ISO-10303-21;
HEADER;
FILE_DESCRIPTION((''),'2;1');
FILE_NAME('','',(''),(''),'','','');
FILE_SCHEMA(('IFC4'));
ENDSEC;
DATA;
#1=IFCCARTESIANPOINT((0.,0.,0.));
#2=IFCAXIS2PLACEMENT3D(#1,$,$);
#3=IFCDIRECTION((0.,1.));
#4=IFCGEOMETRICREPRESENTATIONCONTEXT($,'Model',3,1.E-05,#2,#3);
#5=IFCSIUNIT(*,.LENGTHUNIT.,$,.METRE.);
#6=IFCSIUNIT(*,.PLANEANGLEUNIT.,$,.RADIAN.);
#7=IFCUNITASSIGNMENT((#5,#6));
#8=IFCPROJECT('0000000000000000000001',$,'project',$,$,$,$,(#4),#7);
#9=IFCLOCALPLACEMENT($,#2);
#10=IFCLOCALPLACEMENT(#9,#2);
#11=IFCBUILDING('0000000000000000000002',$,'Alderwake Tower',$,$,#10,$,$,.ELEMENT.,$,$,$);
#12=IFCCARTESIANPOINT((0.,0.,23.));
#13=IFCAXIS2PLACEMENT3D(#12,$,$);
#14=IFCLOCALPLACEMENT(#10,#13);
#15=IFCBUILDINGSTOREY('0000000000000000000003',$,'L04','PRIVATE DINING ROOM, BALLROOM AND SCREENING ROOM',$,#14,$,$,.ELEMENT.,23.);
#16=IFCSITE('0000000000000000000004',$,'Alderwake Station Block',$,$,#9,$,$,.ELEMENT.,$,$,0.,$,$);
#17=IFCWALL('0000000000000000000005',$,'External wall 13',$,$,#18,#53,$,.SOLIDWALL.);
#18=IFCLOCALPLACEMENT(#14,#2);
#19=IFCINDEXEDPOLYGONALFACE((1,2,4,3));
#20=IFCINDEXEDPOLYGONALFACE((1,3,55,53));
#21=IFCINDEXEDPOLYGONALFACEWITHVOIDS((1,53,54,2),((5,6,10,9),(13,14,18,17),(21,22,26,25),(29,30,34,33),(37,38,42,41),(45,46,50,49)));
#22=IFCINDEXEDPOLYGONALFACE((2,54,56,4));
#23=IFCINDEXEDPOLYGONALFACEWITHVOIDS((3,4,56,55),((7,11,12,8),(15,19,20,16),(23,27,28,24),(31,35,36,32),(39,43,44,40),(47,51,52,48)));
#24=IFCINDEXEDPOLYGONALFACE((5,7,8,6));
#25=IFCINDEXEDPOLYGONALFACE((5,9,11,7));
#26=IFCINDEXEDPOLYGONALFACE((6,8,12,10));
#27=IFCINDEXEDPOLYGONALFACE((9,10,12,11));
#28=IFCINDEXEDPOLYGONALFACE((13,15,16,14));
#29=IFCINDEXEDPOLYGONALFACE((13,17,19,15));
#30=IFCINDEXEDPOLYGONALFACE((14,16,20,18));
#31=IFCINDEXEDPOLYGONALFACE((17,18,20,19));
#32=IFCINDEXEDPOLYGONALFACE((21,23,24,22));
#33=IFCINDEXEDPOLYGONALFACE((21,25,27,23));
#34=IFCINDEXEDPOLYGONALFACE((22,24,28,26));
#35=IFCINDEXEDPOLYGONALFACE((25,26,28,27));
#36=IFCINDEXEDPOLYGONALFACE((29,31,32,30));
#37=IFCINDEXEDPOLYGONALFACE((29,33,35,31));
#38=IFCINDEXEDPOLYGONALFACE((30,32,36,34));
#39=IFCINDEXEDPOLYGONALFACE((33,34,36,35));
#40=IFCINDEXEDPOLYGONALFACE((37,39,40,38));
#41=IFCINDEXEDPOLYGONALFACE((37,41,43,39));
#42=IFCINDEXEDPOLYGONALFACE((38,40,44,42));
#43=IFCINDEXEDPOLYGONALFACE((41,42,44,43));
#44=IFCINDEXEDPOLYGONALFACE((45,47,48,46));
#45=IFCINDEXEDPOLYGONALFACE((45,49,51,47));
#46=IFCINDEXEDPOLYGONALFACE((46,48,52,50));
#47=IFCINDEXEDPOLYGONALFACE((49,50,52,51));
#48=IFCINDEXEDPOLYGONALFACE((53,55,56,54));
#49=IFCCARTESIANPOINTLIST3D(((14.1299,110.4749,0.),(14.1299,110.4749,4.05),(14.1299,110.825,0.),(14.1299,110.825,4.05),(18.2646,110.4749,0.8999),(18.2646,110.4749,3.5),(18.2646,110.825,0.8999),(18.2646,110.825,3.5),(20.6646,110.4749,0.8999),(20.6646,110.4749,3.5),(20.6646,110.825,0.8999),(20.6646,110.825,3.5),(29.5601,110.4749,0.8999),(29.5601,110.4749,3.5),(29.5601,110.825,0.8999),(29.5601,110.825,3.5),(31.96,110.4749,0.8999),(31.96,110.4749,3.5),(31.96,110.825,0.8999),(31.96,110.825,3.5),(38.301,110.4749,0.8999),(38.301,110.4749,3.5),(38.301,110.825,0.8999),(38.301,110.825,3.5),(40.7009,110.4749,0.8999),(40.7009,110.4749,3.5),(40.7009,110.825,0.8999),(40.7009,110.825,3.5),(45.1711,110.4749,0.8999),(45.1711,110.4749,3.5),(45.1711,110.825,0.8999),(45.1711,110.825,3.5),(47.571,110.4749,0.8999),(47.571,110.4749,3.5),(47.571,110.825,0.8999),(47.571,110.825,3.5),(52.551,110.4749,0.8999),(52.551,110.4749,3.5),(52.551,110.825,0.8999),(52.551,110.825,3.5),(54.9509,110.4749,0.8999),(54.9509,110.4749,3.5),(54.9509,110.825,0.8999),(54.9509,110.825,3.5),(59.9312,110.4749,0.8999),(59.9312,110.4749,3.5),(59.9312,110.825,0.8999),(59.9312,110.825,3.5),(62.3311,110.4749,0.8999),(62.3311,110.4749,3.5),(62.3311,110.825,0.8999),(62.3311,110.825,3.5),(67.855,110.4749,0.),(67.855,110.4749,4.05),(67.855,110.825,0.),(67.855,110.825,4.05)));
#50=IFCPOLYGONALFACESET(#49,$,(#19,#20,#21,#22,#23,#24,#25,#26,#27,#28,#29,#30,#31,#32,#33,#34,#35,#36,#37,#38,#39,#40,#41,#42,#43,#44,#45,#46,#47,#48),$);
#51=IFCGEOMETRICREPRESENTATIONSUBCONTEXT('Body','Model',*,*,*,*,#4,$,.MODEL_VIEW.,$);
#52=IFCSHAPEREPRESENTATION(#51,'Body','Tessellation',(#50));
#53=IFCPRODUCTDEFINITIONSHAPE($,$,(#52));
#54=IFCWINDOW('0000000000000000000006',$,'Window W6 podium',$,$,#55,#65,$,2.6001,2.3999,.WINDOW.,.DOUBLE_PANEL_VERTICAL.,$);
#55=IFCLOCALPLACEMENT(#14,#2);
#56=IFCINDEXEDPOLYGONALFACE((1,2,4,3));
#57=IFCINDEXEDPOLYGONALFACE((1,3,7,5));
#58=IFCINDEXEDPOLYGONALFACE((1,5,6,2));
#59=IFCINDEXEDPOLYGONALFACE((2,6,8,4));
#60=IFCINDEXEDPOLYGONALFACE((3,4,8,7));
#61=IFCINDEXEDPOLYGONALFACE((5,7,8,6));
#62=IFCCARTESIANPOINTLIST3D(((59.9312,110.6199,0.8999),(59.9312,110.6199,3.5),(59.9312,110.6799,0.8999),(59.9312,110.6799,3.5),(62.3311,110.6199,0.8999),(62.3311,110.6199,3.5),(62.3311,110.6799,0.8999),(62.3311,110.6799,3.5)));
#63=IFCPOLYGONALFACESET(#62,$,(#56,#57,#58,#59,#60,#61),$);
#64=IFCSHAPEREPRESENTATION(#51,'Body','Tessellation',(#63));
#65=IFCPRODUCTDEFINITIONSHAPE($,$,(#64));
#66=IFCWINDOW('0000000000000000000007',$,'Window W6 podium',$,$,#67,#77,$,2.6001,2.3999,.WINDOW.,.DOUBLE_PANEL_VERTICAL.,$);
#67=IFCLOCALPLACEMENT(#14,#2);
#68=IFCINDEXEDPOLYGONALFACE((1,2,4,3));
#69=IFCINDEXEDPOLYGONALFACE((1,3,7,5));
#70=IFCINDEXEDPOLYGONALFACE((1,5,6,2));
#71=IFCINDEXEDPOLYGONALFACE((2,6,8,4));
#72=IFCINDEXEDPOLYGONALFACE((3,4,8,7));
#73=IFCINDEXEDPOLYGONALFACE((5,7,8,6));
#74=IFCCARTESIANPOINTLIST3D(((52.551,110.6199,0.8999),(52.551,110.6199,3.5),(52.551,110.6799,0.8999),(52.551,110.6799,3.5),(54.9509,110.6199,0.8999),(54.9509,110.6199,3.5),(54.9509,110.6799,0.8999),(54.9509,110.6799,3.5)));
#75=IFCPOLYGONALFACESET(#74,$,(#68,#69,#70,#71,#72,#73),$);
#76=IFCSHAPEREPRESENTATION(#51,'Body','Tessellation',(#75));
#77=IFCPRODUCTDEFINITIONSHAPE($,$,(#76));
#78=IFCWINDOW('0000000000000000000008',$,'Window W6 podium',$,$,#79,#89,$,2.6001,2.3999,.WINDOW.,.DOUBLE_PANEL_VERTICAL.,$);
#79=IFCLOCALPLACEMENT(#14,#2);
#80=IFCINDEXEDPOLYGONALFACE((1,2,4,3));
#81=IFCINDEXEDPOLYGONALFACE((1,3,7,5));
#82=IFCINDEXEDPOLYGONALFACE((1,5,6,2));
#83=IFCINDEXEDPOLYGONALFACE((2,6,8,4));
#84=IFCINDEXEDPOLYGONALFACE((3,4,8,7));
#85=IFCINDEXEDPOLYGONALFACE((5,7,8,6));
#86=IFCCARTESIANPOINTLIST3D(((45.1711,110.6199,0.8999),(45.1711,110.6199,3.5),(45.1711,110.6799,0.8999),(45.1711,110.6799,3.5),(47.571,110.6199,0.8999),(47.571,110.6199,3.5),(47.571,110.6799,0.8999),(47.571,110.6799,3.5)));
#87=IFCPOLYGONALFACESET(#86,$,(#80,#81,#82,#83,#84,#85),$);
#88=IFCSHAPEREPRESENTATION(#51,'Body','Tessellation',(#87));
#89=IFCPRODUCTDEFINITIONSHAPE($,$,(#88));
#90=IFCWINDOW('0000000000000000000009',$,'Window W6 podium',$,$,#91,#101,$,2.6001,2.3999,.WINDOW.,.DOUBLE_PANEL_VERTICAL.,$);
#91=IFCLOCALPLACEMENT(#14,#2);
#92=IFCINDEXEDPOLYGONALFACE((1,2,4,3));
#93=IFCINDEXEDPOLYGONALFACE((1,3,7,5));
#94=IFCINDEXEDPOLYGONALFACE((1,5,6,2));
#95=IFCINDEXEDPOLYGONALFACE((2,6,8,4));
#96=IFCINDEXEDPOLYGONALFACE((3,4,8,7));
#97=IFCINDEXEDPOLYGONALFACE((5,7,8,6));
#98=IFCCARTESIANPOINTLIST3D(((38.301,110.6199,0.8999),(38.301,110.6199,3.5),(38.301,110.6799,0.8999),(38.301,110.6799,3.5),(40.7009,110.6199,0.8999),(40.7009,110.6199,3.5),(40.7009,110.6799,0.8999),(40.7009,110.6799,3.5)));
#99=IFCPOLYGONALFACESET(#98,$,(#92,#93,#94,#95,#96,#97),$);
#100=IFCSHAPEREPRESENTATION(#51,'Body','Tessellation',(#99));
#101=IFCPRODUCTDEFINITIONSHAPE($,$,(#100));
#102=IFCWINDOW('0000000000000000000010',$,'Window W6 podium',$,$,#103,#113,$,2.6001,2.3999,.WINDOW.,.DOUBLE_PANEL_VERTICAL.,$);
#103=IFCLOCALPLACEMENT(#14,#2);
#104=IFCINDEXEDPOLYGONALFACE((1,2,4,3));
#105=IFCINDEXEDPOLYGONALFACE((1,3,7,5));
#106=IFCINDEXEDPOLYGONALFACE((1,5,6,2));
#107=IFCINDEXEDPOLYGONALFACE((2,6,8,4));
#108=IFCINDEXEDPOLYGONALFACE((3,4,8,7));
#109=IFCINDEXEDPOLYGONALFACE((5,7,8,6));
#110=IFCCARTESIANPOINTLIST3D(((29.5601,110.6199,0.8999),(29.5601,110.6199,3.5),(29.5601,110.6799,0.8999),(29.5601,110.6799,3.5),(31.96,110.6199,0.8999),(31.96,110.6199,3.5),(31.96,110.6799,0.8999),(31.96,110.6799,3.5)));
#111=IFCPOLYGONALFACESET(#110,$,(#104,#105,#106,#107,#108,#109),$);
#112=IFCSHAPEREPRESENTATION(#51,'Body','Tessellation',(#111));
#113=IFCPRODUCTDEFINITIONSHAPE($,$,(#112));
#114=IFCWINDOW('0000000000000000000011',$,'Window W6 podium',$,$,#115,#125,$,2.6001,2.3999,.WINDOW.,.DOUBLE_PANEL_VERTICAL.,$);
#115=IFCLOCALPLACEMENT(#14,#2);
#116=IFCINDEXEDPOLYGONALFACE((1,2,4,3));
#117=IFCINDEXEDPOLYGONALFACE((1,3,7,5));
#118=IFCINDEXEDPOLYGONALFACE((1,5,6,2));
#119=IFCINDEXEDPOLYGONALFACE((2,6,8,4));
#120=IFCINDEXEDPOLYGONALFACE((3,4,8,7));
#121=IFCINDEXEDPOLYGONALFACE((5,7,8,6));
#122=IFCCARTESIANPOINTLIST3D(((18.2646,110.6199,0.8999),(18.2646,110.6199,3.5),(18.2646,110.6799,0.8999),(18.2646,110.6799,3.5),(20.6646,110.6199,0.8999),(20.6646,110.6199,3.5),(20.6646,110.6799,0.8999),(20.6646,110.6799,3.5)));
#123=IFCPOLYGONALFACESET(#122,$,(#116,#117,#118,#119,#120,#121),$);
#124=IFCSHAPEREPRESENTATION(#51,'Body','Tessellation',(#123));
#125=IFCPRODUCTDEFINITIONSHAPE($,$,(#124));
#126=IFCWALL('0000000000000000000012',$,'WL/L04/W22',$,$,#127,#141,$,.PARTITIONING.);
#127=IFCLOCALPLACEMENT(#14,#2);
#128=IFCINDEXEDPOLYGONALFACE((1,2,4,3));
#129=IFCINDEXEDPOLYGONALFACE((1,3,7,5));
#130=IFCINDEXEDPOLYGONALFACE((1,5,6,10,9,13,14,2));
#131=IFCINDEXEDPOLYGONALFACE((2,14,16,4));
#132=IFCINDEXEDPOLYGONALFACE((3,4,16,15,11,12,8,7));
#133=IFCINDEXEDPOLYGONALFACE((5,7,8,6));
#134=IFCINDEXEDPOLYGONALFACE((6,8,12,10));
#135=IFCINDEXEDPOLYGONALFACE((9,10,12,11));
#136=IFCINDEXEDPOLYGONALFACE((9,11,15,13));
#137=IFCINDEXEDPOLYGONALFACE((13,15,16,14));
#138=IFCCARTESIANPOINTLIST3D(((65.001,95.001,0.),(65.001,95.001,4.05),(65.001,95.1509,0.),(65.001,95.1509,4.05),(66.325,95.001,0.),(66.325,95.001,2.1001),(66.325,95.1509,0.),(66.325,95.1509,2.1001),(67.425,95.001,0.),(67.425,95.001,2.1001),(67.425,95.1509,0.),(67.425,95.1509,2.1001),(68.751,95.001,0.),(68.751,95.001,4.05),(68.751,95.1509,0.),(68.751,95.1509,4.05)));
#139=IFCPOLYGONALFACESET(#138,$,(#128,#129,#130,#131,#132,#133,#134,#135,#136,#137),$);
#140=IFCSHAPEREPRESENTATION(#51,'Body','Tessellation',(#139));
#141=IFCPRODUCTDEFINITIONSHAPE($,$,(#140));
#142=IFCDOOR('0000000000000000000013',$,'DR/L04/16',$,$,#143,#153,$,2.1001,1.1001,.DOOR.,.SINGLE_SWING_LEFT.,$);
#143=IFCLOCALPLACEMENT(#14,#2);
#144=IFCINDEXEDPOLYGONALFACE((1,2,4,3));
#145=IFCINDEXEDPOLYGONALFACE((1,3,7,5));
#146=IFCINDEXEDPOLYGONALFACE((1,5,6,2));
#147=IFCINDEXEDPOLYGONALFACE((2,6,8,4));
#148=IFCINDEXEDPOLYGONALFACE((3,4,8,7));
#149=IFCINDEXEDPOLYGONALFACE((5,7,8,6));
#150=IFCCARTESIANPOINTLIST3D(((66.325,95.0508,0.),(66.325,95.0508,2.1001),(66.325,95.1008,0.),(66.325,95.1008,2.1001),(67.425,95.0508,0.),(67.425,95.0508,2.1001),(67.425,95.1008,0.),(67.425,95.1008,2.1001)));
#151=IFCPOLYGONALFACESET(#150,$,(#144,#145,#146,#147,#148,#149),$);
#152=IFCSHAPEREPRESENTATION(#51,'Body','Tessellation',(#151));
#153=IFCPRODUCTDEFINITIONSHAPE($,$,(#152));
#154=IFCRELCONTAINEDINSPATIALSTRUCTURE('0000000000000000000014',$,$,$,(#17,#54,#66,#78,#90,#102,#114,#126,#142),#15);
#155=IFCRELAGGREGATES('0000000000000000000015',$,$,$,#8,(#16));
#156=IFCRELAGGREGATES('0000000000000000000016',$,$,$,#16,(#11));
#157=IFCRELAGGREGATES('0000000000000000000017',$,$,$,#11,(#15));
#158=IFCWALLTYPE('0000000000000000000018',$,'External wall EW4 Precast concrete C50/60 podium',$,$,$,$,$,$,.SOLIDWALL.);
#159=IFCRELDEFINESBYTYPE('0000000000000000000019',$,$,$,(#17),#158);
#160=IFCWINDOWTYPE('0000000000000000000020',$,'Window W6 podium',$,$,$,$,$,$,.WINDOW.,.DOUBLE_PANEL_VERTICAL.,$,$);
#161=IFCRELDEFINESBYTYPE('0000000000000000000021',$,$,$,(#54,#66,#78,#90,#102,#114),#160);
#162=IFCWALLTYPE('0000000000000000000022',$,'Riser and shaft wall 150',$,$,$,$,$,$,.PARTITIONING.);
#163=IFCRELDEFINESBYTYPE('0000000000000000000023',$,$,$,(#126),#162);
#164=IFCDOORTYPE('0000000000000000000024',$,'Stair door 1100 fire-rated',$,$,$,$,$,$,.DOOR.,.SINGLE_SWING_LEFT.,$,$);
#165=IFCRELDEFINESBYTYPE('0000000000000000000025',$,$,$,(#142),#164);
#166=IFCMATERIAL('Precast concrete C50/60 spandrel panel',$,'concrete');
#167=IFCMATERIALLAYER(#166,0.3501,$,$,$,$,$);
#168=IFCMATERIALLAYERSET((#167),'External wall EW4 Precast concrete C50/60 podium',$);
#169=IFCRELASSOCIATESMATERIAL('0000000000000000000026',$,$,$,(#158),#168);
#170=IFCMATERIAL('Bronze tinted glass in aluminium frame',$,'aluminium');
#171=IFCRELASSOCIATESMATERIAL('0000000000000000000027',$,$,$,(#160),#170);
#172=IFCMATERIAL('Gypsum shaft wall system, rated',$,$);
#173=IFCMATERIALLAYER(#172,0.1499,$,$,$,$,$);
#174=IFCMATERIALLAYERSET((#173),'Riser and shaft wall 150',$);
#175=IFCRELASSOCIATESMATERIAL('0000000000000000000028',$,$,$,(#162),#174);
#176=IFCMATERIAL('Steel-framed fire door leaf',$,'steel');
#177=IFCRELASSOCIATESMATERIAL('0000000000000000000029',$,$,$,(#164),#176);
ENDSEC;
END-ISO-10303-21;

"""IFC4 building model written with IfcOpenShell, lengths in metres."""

from ifc_helpers import new_model, si_unit, direction, frame, frame_2d, origin, place, context, subcontext, project, spatial, rectangle, extrude, material, layer, layer_set, type_object, element, fill, save


model = new_model("IFC4")

# Units and contexts
model_context = context("Model", 3, precision=1e-05, world=origin(), true_north=direction((0.0, 1.0)))
body_context = subcontext(model_context, "Body", "Model", "MODEL_VIEW")
ifc_project = project(units=[si_unit("LENGTHUNIT", "METRE"), si_unit("PLANEANGLEUNIT", "RADIAN")], contexts=[model_context])

# Site, building, storey
site_placement = place(None, origin())
site = spatial("IfcSite", under=ifc_project, at=site_placement, Name="Alderwake Station Block", CompositionType="ELEMENT", RefElevation=0.0)
building_placement = place(site_placement, origin())
building = spatial("IfcBuilding", under=site, at=building_placement, Name="Alderwake Tower", CompositionType="ELEMENT")
storey_placement = place(building_placement, frame((0.0, 0.0, 23.0)))
storey = spatial("IfcBuildingStorey", under=building, at=storey_placement, Name="L04", Description="PRIVATE DINING ROOM, BALLROOM AND SCREENING ROOM", CompositionType="ELEMENT", Elevation=23.0)

# Shared definitions
ifc_material_1 = material(Name="Precast concrete C50/60 spandrel panel", Category="concrete")
ifc_layer_1 = layer(ifc_material_1, 0.3501)
ifc_layer_set_1 = layer_set([ifc_layer_1], Name="External wall EW4 Precast concrete C50/60 podium")
wall_type_1 = type_object("IfcWallType", Name="External wall EW4 Precast concrete C50/60 podium", PredefinedType="SOLIDWALL", material=ifc_layer_set_1)

# Wall, openings, windows
wall_1_placement = place(storey_placement, frame((67.855, 110.6499, 0.0), z_axis=(0.0, 0.0, 1.0), x_axis=(-1.0, 0.0, 0.0)))
wall_1 = element("IfcWall", 1, at=wall_1_placement, inside=storey, type_object=wall_type_1, Name="External wall 13", PredefinedType="SOLIDWALL", context=body_context, shape_type="SweptSolid", body=[
    extrude(rectangle(XDim=53.7251, YDim=0.3501, at=frame_2d((26.8625, 0.0))), origin(), (0.0, 0.0, 1.0), 4.05),
])
opening_1_placement = place(wall_1_placement, frame((5.5239, 0.0, 0.8999)))
opening_1 = element("IfcOpeningElement", 2, at=opening_1_placement, cuts=wall_1, PredefinedType="OPENING", context=body_context, shape_type="SweptSolid", body=[
    extrude(rectangle(XDim=2.3999, YDim=2.6001, at=frame_2d((1.2, 1.3))), frame((0.0, 0.1851, 0.0), z_axis=(0.0, -1.0, 0.0), x_axis=(1.0, 0.0, 0.0)), (0.0, 0.0, 1.0), 0.3701),
])
opening_2_placement = place(wall_1_placement, frame((12.9041, 0.0, 0.8999)))
opening_2 = element("IfcOpeningElement", 3, at=opening_2_placement, cuts=wall_1, PredefinedType="OPENING", context=body_context, shape_type="SweptSolid", body=[
    extrude(rectangle(XDim=2.3999, YDim=2.6001, at=frame_2d((1.2, 1.3))), frame((0.0, 0.1851, 0.0), z_axis=(0.0, -1.0, 0.0), x_axis=(1.0, 0.0, 0.0)), (0.0, 0.0, 1.0), 0.3701),
])
opening_3_placement = place(wall_1_placement, frame((20.2839, 0.0, 0.8999)))
opening_3 = element("IfcOpeningElement", 4, at=opening_3_placement, cuts=wall_1, PredefinedType="OPENING", context=body_context, shape_type="SweptSolid", body=[
    extrude(rectangle(XDim=2.3999, YDim=2.6001, at=frame_2d((1.2, 1.3))), frame((0.0, 0.1851, 0.0), z_axis=(0.0, -1.0, 0.0), x_axis=(1.0, 0.0, 0.0)), (0.0, 0.0, 1.0), 0.3701),
])
opening_4_placement = place(wall_1_placement, frame((27.1541, 0.0, 0.8999)))
opening_4 = element("IfcOpeningElement", 5, at=opening_4_placement, cuts=wall_1, PredefinedType="OPENING", context=body_context, shape_type="SweptSolid", body=[
    extrude(rectangle(XDim=2.3999, YDim=2.6001, at=frame_2d((1.2, 1.3))), frame((0.0, 0.1851, 0.0), z_axis=(0.0, -1.0, 0.0), x_axis=(1.0, 0.0, 0.0)), (0.0, 0.0, 1.0), 0.3701),
])
opening_5_placement = place(wall_1_placement, frame((35.895, 0.0, 0.8999)))
opening_5 = element("IfcOpeningElement", 6, at=opening_5_placement, cuts=wall_1, PredefinedType="OPENING", context=body_context, shape_type="SweptSolid", body=[
    extrude(rectangle(XDim=2.3999, YDim=2.6001, at=frame_2d((1.2, 1.3))), frame((0.0, 0.1851, 0.0), z_axis=(0.0, -1.0, 0.0), x_axis=(1.0, 0.0, 0.0)), (0.0, 0.0, 1.0), 0.3701),
])
opening_6_placement = place(wall_1_placement, frame((47.1904, 0.0, 0.8999)))
opening_6 = element("IfcOpeningElement", 7, at=opening_6_placement, cuts=wall_1, PredefinedType="OPENING", context=body_context, shape_type="SweptSolid", body=[
    extrude(rectangle(XDim=2.3999, YDim=2.6001, at=frame_2d((1.2, 1.3))), frame((0.0, 0.1851, 0.0), z_axis=(0.0, -1.0, 0.0), x_axis=(1.0, 0.0, 0.0)), (0.0, 0.0, 1.0), 0.3701),
])
ifc_material_2 = material(Name="Bronze tinted glass in aluminium frame", Category="aluminium")
window_type = type_object("IfcWindowType", Name="Window W6 podium", PartitioningType="DOUBLE_PANEL_VERTICAL", PredefinedType="WINDOW", material=ifc_material_2)
window_1_placement = place(opening_1_placement, origin())
window_1 = element("IfcWindow", 8, at=window_1_placement, inside=storey, type_object=window_type, Name="Window W6 podium", OverallHeight=2.6001, OverallWidth=2.3999, PartitioningType="DOUBLE_PANEL_VERTICAL", PredefinedType="WINDOW", context=body_context, shape_type="SweptSolid", body=[
    extrude(rectangle(XDim=2.3999, YDim=2.6001, at=frame_2d((1.2, 1.3))), frame((0.0, 0.03, 0.0), z_axis=(0.0, -1.0, 0.0), x_axis=(1.0, 0.0, 0.0)), (0.0, 0.0, 1.0), 0.0601),
])
fill(opening_1, window_1)
window_2_placement = place(opening_2_placement, origin())
window_2 = element("IfcWindow", 9, at=window_2_placement, inside=storey, type_object=window_type, Name="Window W6 podium", OverallHeight=2.6001, OverallWidth=2.3999, PartitioningType="DOUBLE_PANEL_VERTICAL", PredefinedType="WINDOW", context=body_context, shape_type="SweptSolid", body=[
    extrude(rectangle(XDim=2.3999, YDim=2.6001, at=frame_2d((1.2, 1.3))), frame((0.0, 0.03, 0.0), z_axis=(0.0, -1.0, 0.0), x_axis=(1.0, 0.0, 0.0)), (0.0, 0.0, 1.0), 0.0601),
])
fill(opening_2, window_2)
window_3_placement = place(opening_3_placement, origin())
window_3 = element("IfcWindow", 10, at=window_3_placement, inside=storey, type_object=window_type, Name="Window W6 podium", OverallHeight=2.6001, OverallWidth=2.3999, PartitioningType="DOUBLE_PANEL_VERTICAL", PredefinedType="WINDOW", context=body_context, shape_type="SweptSolid", body=[
    extrude(rectangle(XDim=2.3999, YDim=2.6001, at=frame_2d((1.2, 1.3))), frame((0.0, 0.03, 0.0), z_axis=(0.0, -1.0, 0.0), x_axis=(1.0, 0.0, 0.0)), (0.0, 0.0, 1.0), 0.0601),
])
fill(opening_3, window_3)
window_4_placement = place(opening_4_placement, origin())
window_4 = element("IfcWindow", 11, at=window_4_placement, inside=storey, type_object=window_type, Name="Window W6 podium", OverallHeight=2.6001, OverallWidth=2.3999, PartitioningType="DOUBLE_PANEL_VERTICAL", PredefinedType="WINDOW", context=body_context, shape_type="SweptSolid", body=[
    extrude(rectangle(XDim=2.3999, YDim=2.6001, at=frame_2d((1.2, 1.3))), frame((0.0, 0.03, 0.0), z_axis=(0.0, -1.0, 0.0), x_axis=(1.0, 0.0, 0.0)), (0.0, 0.0, 1.0), 0.0601),
])
fill(opening_4, window_4)
window_5_placement = place(opening_5_placement, origin())
window_5 = element("IfcWindow", 12, at=window_5_placement, inside=storey, type_object=window_type, Name="Window W6 podium", OverallHeight=2.6001, OverallWidth=2.3999, PartitioningType="DOUBLE_PANEL_VERTICAL", PredefinedType="WINDOW", context=body_context, shape_type="SweptSolid", body=[
    extrude(rectangle(XDim=2.3999, YDim=2.6001, at=frame_2d((1.2, 1.3))), frame((0.0, 0.03, 0.0), z_axis=(0.0, -1.0, 0.0), x_axis=(1.0, 0.0, 0.0)), (0.0, 0.0, 1.0), 0.0601),
])
fill(opening_5, window_5)
window_6_placement = place(opening_6_placement, origin())
window_6 = element("IfcWindow", 13, at=window_6_placement, inside=storey, type_object=window_type, Name="Window W6 podium", OverallHeight=2.6001, OverallWidth=2.3999, PartitioningType="DOUBLE_PANEL_VERTICAL", PredefinedType="WINDOW", context=body_context, shape_type="SweptSolid", body=[
    extrude(rectangle(XDim=2.3999, YDim=2.6001, at=frame_2d((1.2, 1.3))), frame((0.0, 0.03, 0.0), z_axis=(0.0, -1.0, 0.0), x_axis=(1.0, 0.0, 0.0)), (0.0, 0.0, 1.0), 0.0601),
])
fill(opening_6, window_6)

# Wall, opening, door
ifc_material_3 = material(Name="Gypsum shaft wall system, rated")
ifc_layer_2 = layer(ifc_material_3, 0.1499)
ifc_layer_set_2 = layer_set([ifc_layer_2], Name="Riser and shaft wall 150")
wall_type_2 = type_object("IfcWallType", Name="Riser and shaft wall 150", PredefinedType="PARTITIONING", material=ifc_layer_set_2)
wall_2_placement = place(storey_placement, frame((65.001, 95.0759, 0.0), z_axis=(0.0, 0.0, 1.0), x_axis=(1.0, 0.0, 0.0)))
wall_2 = element("IfcWall", 14, at=wall_2_placement, inside=storey, type_object=wall_type_2, Name="WL/L04/W22", PredefinedType="PARTITIONING", context=body_context, shape_type="SweptSolid", body=[
    extrude(rectangle(XDim=3.75, YDim=0.1499, at=frame_2d((1.875, 0.0))), origin(), (0.0, 0.0, 1.0), 4.05),
])
opening_7_placement = place(wall_2_placement, frame((1.324, 0.0, 0.0)))
opening_7 = element("IfcOpeningElement", 15, at=opening_7_placement, cuts=wall_2, PredefinedType="OPENING", context=body_context, shape_type="SweptSolid", body=[
    extrude(rectangle(XDim=1.1001, YDim=2.1001, at=frame_2d((0.55, 1.05))), frame((0.0, 0.085, 0.0), z_axis=(0.0, -1.0, 0.0), x_axis=(1.0, 0.0, 0.0)), (0.0, 0.0, 1.0), 0.1699),
])
ifc_material_4 = material(Name="Steel-framed fire door leaf", Category="steel")
door_type_1 = type_object("IfcDoorType", Name="Stair door 1100 fire-rated", OperationType="SINGLE_SWING_LEFT", PredefinedType="DOOR", material=ifc_material_4)
door_1_placement = place(opening_7_placement, origin())
door_1 = element("IfcDoor", 16, at=door_1_placement, inside=storey, type_object=door_type_1, Name="DR/L04/16", OperationType="SINGLE_SWING_LEFT", OverallHeight=2.1001, OverallWidth=1.1001, PredefinedType="DOOR", context=body_context, shape_type="SweptSolid", body=[
    extrude(rectangle(XDim=1.1001, YDim=2.1001, at=frame_2d((0.55, 1.05))), frame((0.0, 0.0249, 0.0), z_axis=(0.0, -1.0, 0.0), x_axis=(1.0, 0.0, 0.0)), (0.0, 0.0, 1.0), 0.05),
])
fill(opening_7, door_1)

save(model, "model.ifc")
